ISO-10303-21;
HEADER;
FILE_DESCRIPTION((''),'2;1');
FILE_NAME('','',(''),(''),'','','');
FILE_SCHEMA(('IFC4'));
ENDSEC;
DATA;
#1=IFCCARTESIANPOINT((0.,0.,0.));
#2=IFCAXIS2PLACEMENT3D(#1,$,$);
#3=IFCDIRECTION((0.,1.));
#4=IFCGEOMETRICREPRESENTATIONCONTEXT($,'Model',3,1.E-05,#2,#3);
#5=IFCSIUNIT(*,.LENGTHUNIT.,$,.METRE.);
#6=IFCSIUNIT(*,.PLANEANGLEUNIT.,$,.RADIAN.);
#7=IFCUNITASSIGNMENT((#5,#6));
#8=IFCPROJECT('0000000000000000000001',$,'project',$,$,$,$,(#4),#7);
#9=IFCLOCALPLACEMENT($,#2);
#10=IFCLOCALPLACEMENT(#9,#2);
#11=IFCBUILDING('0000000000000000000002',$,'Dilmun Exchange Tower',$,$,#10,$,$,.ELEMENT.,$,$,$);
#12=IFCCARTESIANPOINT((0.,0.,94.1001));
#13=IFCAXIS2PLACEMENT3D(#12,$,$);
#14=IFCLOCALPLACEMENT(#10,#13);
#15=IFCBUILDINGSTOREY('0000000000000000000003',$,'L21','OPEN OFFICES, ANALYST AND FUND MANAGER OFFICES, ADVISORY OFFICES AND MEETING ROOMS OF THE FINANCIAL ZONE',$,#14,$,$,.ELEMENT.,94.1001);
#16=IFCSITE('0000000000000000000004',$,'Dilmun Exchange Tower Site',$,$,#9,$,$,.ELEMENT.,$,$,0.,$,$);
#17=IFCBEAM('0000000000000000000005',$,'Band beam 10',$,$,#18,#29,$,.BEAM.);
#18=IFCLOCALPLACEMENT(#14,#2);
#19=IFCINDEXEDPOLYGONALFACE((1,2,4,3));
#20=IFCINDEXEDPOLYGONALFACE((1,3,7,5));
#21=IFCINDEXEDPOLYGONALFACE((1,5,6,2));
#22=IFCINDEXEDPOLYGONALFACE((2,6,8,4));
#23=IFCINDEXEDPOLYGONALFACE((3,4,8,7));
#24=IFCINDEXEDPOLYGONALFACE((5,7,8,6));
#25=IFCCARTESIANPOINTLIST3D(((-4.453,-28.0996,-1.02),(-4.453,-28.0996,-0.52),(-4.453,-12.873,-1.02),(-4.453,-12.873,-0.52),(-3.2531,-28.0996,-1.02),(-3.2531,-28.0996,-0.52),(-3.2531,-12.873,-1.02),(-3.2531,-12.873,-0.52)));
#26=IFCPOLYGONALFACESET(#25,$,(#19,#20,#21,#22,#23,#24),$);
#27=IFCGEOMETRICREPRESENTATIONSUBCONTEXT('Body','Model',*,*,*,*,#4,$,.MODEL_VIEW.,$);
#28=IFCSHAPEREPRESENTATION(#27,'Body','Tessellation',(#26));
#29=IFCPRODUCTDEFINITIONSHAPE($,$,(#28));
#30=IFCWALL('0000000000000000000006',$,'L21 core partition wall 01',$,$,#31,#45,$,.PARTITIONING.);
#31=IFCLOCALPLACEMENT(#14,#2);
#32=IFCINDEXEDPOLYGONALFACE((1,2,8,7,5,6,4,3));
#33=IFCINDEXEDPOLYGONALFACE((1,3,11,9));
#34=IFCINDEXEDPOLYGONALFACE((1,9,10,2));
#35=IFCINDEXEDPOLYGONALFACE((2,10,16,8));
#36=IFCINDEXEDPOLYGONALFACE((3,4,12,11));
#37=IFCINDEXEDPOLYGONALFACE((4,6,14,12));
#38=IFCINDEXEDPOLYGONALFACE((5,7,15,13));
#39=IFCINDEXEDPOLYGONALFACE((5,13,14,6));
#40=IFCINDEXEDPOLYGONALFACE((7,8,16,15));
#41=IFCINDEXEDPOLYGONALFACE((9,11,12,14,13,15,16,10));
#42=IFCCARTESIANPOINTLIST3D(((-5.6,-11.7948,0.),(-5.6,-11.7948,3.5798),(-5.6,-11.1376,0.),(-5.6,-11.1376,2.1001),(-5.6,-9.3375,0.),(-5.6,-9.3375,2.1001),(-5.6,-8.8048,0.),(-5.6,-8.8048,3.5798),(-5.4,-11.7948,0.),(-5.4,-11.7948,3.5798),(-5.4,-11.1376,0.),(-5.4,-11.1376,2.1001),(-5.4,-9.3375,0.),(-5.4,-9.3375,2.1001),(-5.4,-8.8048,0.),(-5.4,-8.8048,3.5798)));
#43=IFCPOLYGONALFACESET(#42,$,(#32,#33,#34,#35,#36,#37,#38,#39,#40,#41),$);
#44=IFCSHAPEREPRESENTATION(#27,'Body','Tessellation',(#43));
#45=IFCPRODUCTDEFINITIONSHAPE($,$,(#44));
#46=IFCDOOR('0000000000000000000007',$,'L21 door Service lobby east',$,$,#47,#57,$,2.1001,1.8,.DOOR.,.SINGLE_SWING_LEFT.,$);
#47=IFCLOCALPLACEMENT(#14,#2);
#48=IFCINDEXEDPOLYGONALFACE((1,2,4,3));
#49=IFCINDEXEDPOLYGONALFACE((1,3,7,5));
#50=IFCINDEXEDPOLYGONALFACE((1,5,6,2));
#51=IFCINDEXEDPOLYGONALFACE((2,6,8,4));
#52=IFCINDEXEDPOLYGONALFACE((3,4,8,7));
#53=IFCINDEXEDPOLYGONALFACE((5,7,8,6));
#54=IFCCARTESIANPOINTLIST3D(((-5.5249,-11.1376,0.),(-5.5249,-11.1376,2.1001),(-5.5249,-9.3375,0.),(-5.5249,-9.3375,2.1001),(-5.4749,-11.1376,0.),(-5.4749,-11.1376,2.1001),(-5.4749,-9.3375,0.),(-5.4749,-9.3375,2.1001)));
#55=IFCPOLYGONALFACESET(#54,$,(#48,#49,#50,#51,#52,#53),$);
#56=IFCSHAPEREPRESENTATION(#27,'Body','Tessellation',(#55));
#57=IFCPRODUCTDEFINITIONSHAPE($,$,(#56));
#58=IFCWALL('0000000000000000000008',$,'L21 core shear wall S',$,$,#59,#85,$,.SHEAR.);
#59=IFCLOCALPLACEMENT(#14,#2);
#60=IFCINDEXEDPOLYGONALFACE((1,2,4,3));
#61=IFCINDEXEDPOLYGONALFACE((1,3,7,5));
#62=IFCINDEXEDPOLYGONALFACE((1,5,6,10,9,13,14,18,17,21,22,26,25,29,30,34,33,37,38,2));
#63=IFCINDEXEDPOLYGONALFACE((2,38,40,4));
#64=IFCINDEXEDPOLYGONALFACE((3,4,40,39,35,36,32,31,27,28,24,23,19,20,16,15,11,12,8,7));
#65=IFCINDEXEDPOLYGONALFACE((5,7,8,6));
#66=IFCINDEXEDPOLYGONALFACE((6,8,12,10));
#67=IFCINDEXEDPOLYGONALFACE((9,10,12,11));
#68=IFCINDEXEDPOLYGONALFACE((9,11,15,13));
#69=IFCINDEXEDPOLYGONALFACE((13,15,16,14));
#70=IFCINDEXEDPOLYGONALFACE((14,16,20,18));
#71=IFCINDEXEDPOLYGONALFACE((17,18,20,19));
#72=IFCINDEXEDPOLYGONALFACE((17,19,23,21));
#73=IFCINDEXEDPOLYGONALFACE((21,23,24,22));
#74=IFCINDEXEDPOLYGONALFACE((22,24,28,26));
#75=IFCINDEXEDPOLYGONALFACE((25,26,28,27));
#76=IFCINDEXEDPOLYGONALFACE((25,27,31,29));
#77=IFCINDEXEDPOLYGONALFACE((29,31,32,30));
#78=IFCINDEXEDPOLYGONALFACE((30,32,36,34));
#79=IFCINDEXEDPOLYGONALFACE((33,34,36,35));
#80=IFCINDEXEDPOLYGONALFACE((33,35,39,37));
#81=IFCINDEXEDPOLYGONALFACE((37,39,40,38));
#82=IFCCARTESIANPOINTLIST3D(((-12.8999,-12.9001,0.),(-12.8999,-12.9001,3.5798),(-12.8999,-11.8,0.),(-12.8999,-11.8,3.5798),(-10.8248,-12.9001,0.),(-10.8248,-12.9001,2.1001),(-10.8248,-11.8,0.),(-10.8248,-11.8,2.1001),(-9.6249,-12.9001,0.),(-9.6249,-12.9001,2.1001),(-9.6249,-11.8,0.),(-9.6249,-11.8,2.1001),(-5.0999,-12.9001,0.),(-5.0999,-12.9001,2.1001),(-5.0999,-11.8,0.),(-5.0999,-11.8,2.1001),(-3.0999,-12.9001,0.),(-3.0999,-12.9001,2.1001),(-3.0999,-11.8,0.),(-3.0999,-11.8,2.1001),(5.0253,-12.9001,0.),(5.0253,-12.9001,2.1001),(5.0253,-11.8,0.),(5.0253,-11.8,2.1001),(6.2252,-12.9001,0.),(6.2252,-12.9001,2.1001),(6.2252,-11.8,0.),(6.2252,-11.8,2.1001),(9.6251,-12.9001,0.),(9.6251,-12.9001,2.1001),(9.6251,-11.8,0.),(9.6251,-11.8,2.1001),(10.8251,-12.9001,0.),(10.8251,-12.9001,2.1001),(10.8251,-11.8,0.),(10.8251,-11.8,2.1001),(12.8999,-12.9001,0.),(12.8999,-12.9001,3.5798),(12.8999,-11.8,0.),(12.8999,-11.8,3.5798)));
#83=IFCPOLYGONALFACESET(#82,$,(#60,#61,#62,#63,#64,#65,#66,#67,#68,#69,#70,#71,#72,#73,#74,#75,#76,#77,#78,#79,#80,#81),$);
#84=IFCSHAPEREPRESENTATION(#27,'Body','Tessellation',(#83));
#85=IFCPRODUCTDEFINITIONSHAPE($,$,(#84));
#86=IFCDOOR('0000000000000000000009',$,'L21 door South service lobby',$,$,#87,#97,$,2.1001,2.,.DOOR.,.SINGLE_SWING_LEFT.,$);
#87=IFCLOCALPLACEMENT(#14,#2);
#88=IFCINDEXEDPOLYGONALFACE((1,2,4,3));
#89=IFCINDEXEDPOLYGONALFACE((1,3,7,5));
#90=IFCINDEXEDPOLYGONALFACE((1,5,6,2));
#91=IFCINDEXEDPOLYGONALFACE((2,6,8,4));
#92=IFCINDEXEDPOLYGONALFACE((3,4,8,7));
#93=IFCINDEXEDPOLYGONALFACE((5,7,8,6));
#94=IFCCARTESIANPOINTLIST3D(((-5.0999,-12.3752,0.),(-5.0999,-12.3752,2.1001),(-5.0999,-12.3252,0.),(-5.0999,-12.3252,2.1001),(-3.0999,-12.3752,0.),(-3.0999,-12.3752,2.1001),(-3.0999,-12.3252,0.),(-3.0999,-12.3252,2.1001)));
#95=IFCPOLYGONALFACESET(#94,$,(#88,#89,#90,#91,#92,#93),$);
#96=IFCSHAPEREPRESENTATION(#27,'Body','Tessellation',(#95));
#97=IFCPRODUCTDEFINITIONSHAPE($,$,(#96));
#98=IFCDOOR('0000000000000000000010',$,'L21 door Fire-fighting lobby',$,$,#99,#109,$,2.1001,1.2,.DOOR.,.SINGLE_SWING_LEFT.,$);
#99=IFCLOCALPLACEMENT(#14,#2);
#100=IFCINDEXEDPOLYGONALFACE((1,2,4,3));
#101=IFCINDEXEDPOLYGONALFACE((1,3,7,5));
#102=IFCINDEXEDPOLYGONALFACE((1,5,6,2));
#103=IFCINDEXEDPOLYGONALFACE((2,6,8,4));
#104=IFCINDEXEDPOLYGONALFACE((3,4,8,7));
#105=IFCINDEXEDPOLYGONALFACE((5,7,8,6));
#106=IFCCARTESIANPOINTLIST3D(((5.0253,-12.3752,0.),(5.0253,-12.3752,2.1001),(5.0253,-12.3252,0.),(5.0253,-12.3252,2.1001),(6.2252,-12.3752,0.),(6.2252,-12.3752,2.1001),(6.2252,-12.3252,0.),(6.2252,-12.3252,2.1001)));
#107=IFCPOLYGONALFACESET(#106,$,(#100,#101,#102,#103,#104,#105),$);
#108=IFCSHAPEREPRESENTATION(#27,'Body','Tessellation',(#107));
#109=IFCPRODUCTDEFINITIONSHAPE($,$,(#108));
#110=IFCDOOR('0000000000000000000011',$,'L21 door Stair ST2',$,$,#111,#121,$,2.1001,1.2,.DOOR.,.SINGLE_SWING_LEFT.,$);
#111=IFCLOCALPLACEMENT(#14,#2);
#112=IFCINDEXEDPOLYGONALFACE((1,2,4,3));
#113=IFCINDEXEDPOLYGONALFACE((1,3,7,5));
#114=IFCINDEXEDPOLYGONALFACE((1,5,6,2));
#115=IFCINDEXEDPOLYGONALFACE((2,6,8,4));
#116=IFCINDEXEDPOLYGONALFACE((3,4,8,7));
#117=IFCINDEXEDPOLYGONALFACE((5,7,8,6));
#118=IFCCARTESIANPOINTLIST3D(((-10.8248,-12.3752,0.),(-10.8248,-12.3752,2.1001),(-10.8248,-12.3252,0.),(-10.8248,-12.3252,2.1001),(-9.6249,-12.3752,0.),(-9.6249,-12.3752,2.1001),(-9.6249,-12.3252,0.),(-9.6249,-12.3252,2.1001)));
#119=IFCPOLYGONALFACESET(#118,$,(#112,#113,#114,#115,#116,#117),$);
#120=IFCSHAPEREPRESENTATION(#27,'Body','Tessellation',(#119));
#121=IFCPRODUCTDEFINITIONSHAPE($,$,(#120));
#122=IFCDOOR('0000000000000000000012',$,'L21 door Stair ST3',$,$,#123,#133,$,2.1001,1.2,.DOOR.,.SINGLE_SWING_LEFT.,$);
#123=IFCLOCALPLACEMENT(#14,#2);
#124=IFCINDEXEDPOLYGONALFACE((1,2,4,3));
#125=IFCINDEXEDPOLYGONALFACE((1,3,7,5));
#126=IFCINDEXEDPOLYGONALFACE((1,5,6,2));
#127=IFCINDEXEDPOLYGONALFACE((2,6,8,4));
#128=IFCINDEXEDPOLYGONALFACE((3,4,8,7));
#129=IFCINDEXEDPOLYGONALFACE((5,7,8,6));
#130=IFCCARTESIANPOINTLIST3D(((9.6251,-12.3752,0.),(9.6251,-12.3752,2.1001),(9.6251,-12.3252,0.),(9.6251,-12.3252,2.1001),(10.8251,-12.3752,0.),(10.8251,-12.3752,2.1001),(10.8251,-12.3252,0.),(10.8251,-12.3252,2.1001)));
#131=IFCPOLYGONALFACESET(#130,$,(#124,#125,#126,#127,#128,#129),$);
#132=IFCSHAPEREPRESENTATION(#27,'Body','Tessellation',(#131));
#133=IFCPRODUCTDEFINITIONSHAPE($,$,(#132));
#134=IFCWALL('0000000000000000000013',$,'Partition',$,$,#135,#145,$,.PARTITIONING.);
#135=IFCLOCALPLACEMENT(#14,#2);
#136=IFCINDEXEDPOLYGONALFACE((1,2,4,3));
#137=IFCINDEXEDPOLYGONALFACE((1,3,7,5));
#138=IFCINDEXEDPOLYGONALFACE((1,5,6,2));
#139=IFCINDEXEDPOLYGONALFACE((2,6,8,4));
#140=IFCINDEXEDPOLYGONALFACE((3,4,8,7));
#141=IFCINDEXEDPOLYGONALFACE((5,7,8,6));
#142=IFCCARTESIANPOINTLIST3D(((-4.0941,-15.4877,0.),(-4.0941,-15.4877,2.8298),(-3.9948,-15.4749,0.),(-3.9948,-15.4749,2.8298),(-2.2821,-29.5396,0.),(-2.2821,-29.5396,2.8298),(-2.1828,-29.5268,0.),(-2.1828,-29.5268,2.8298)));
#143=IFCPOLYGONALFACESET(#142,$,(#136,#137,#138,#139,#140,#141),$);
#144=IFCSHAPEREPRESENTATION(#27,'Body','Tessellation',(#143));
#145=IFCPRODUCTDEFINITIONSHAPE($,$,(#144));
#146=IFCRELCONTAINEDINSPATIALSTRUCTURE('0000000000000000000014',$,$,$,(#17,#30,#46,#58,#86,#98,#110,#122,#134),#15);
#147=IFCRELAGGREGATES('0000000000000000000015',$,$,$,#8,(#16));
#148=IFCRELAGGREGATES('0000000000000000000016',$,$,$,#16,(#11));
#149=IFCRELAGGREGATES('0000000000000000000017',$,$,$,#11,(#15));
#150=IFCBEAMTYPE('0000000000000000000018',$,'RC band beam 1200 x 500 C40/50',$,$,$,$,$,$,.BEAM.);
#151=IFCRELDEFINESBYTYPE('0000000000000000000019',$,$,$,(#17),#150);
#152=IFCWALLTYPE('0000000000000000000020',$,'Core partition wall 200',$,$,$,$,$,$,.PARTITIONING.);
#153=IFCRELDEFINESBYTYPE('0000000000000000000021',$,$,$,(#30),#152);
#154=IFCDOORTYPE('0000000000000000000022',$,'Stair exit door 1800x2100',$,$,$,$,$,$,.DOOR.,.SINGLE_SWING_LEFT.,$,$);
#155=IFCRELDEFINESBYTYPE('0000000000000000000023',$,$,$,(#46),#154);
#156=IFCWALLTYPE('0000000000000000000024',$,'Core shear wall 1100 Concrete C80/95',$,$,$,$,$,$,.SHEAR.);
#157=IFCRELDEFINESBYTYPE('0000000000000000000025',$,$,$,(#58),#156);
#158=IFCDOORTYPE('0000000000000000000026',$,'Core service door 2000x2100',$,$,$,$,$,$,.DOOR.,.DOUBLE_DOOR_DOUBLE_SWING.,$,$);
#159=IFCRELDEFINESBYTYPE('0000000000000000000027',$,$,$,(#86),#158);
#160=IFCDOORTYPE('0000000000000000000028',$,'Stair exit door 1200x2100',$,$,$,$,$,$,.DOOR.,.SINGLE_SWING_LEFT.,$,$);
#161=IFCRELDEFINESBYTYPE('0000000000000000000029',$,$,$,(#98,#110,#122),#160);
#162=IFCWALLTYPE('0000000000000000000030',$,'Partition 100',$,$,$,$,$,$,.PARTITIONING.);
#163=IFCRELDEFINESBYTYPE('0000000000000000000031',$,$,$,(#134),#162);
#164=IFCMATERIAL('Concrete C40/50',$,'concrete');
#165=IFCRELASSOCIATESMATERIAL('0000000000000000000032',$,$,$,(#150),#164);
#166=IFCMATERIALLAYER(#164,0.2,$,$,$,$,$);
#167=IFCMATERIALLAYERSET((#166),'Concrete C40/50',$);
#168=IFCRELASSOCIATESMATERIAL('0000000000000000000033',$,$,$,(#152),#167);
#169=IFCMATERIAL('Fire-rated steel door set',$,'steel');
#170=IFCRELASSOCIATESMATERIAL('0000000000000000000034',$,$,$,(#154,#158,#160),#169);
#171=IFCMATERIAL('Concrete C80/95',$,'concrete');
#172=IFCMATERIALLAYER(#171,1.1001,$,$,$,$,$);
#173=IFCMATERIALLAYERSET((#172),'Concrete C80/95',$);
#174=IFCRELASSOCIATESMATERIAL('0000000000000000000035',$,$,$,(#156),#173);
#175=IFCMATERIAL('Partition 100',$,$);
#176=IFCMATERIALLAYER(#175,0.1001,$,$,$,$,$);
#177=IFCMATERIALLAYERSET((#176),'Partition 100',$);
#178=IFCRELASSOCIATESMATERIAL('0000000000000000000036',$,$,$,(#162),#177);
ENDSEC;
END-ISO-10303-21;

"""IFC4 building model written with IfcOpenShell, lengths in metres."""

from ifc_helpers import new_model, si_unit, direction, frame, frame_2d, origin, origin_2d, place, context, subcontext, project, spatial, rectangle, extrude, material, layer, layer_set, material_profile, profile_set, type_object, element, fill, save


model = new_model("IFC4")

# Units and contexts
model_context = context("Model", 3, precision=1e-05, world=origin(), true_north=direction((0.0, 1.0)))
body_context = subcontext(model_context, "Body", "Model", "MODEL_VIEW")
ifc_project = project(units=[si_unit("LENGTHUNIT", "METRE"), si_unit("PLANEANGLEUNIT", "RADIAN")], contexts=[model_context])

# Site, building, storey
site_placement = place(None, origin())
site = spatial("IfcSite", under=ifc_project, at=site_placement, Name="Dilmun Exchange Tower Site", CompositionType="ELEMENT", RefElevation=0.0)
building_placement = place(site_placement, origin())
building = spatial("IfcBuilding", under=site, at=building_placement, Name="Dilmun Exchange Tower", CompositionType="ELEMENT")
storey_placement = place(building_placement, frame((0.0, 0.0, 94.1001)))
storey = spatial("IfcBuildingStorey", under=building, at=storey_placement, Name="L21", Description="OPEN OFFICES, ANALYST AND FUND MANAGER OFFICES, ADVISORY OFFICES AND MEETING ROOMS OF THE FINANCIAL ZONE", CompositionType="ELEMENT", Elevation=94.1001)

# Beam
ifc_material_1 = material(Name="Concrete C40/50", Category="concrete")
ifc_material_profile = material_profile(ifc_material_1, rectangle(XDim=1.2, YDim=0.5, at=origin_2d()), Name="1200 x 500")
ifc_profile_set = profile_set([ifc_material_profile], Name="Concrete C40/50")
beam_type = type_object("IfcBeamType", Name="RC band beam 1200 x 500 C40/50", PredefinedType="BEAM", material=ifc_profile_set)
beam_placement = place(storey_placement, frame((-3.853, -28.0996, -0.77), z_axis=(0.0, 1.0, 0.0), x_axis=(-1.0, 0.0, 0.0)))
element("IfcBeam", 1, at=beam_placement, inside=storey, type_object=beam_type, Name="Band beam 10", PredefinedType="BEAM", context=body_context, shape_type="SweptSolid", body=[
    extrude(rectangle(XDim=1.2, YDim=0.5, at=origin_2d()), origin(), (0.0, 0.0, 1.0), 15.2266),
])

# Wall, opening, door
ifc_layer_1 = layer(ifc_material_1, 0.2)
ifc_layer_set_1 = layer_set([ifc_layer_1], Name="Concrete C40/50")
wall_type_1 = type_object("IfcWallType", Name="Core partition wall 200", PredefinedType="PARTITIONING", material=ifc_layer_set_1)
wall_1_placement = place(storey_placement, frame((-5.5, -11.7949, 0.0), z_axis=(0.0, 0.0, 1.0), x_axis=(0.0, 1.0, 0.0)))
wall_1 = element("IfcWall", 2, at=wall_1_placement, inside=storey, type_object=wall_type_1, Name="L21 core partition wall 01", PredefinedType="PARTITIONING", context=body_context, shape_type="SweptSolid", body=[
    extrude(rectangle(XDim=2.99, YDim=0.2, at=frame_2d((1.4951, 0.0))), origin(), (0.0, 0.0, 1.0), 3.5798),
])
opening_1_placement = place(wall_1_placement, frame((0.6575, 0.0, 0.0)))
opening_1 = element("IfcOpeningElement", 3, at=opening_1_placement, cuts=wall_1, PredefinedType="OPENING", context=body_context, shape_type="SweptSolid", body=[
    extrude(rectangle(XDim=1.8, YDim=2.1001, at=frame_2d((0.8999, 1.05))), frame((0.0, 0.1099, 0.0), z_axis=(0.0, -1.0, 0.0), x_axis=(1.0, 0.0, 0.0)), (0.0, 0.0, 1.0), 0.22),
])
ifc_material_2 = material(Name="Fire-rated steel door set", Category="steel")
door_type_1 = type_object("IfcDoorType", Name="Stair exit door 1800x2100", OperationType="SINGLE_SWING_LEFT", PredefinedType="DOOR", material=ifc_material_2)
door_1_placement = place(opening_1_placement, origin())
door_1 = element("IfcDoor", 4, at=door_1_placement, inside=storey, type_object=door_type_1, Name="L21 door Service lobby east", OperationType="SINGLE_SWING_LEFT", OverallHeight=2.1001, OverallWidth=1.8, PredefinedType="DOOR", context=body_context, shape_type="SweptSolid", body=[
    extrude(rectangle(XDim=1.8, YDim=2.1001, at=frame_2d((0.8999, 1.05))), frame((0.0, 0.0249, 0.0), z_axis=(0.0, -1.0, 0.0), x_axis=(1.0, 0.0, 0.0)), (0.0, 0.0, 1.0), 0.05),
])
fill(opening_1, door_1)

# Wall, openings, doors
ifc_material_3 = material(Name="Concrete C80/95", Category="concrete")
ifc_layer_2 = layer(ifc_material_3, 1.1001)
ifc_layer_set_2 = layer_set([ifc_layer_2], Name="Concrete C80/95")
wall_type_2 = type_object("IfcWallType", Name="Core shear wall 1100 Concrete C80/95", PredefinedType="SHEAR", material=ifc_layer_set_2)
wall_2_placement = place(storey_placement, frame((-12.8999, -12.3501, 0.0), z_axis=(0.0, 0.0, 1.0), x_axis=(1.0, 0.0, 0.0)))
wall_2 = element("IfcWall", 5, at=wall_2_placement, inside=storey, type_object=wall_type_2, Name="L21 core shear wall S", PredefinedType="SHEAR", context=body_context, shape_type="SweptSolid", body=[
    extrude(rectangle(XDim=25.7998, YDim=1.1001, at=frame_2d((12.8999, 0.0))), origin(), (0.0, 0.0, 1.0), 3.5798),
])
opening_2_placement = place(wall_2_placement, frame((7.8, 0.0, 0.0)))
opening_2 = element("IfcOpeningElement", 6, at=opening_2_placement, cuts=wall_2, PredefinedType="OPENING", context=body_context, shape_type="SweptSolid", body=[
    extrude(rectangle(XDim=2.0, YDim=2.1001, at=frame_2d((1.0, 1.05))), frame((0.0, 0.5601, 0.0), z_axis=(0.0, -1.0, 0.0), x_axis=(1.0, 0.0, 0.0)), (0.0, 0.0, 1.0), 1.1201),
])
opening_3_placement = place(wall_2_placement, frame((17.925, 0.0, 0.0)))
opening_3 = element("IfcOpeningElement", 7, at=opening_3_placement, cuts=wall_2, PredefinedType="OPENING", context=body_context, shape_type="SweptSolid", body=[
    extrude(rectangle(XDim=1.2, YDim=2.1001, at=frame_2d((0.6001, 1.05))), frame((0.0, 0.5601, 0.0), z_axis=(0.0, -1.0, 0.0), x_axis=(1.0, 0.0, 0.0)), (0.0, 0.0, 1.0), 1.1201),
])
opening_4_placement = place(wall_2_placement, frame((2.075, 0.0, 0.0)))
opening_4 = element("IfcOpeningElement", 8, at=opening_4_placement, cuts=wall_2, PredefinedType="OPENING", context=body_context, shape_type="SweptSolid", body=[
    extrude(rectangle(XDim=1.2, YDim=2.1001, at=frame_2d((0.6001, 1.05))), frame((0.0, 0.5601, 0.0), z_axis=(0.0, -1.0, 0.0), x_axis=(1.0, 0.0, 0.0)), (0.0, 0.0, 1.0), 1.1201),
])
opening_5_placement = place(wall_2_placement, frame((22.5249, 0.0, 0.0)))
opening_5 = element("IfcOpeningElement", 9, at=opening_5_placement, cuts=wall_2, PredefinedType="OPENING", context=body_context, shape_type="SweptSolid", body=[
    extrude(rectangle(XDim=1.2, YDim=2.1001, at=frame_2d((0.6001, 1.05))), frame((0.0, 0.5601, 0.0), z_axis=(0.0, -1.0, 0.0), x_axis=(1.0, 0.0, 0.0)), (0.0, 0.0, 1.0), 1.1201),
])
door_type_2 = type_object("IfcDoorType", Name="Core service door 2000x2100", OperationType="DOUBLE_DOOR_DOUBLE_SWING", PredefinedType="DOOR", material=ifc_material_2)
door_2_placement = place(opening_2_placement, origin())
door_2 = element("IfcDoor", 10, at=door_2_placement, inside=storey, type_object=door_type_2, Name="L21 door South service lobby", OperationType="SINGLE_SWING_LEFT", OverallHeight=2.1001, OverallWidth=2.0, PredefinedType="DOOR", context=body_context, shape_type="SweptSolid", body=[
    extrude(rectangle(XDim=2.0, YDim=2.1001, at=frame_2d((1.0, 1.05))), frame((0.0, 0.0249, 0.0), z_axis=(0.0, -1.0, 0.0), x_axis=(1.0, 0.0, 0.0)), (0.0, 0.0, 1.0), 0.05),
])
fill(opening_2, door_2)
door_type_3 = type_object("IfcDoorType", Name="Stair exit door 1200x2100", OperationType="SINGLE_SWING_LEFT", PredefinedType="DOOR", material=ifc_material_2)
door_3_placement = place(opening_3_placement, origin())
door_3 = element("IfcDoor", 11, at=door_3_placement, inside=storey, type_object=door_type_3, Name="L21 door Fire-fighting lobby", OperationType="SINGLE_SWING_LEFT", OverallHeight=2.1001, OverallWidth=1.2, PredefinedType="DOOR", context=body_context, shape_type="SweptSolid", body=[
    extrude(rectangle(XDim=1.2, YDim=2.1001, at=frame_2d((0.6001, 1.05))), frame((0.0, 0.0249, 0.0), z_axis=(0.0, -1.0, 0.0), x_axis=(1.0, 0.0, 0.0)), (0.0, 0.0, 1.0), 0.05),
])
fill(opening_3, door_3)
door_4_placement = place(opening_4_placement, origin())
door_4 = element("IfcDoor", 12, at=door_4_placement, inside=storey, type_object=door_type_3, Name="L21 door Stair ST2", OperationType="SINGLE_SWING_LEFT", OverallHeight=2.1001, OverallWidth=1.2, PredefinedType="DOOR", context=body_context, shape_type="SweptSolid", body=[
    extrude(rectangle(XDim=1.2, YDim=2.1001, at=frame_2d((0.6001, 1.05))), frame((0.0, 0.0249, 0.0), z_axis=(0.0, -1.0, 0.0), x_axis=(1.0, 0.0, 0.0)), (0.0, 0.0, 1.0), 0.05),
])
fill(opening_4, door_4)
door_5_placement = place(opening_5_placement, origin())
door_5 = element("IfcDoor", 13, at=door_5_placement, inside=storey, type_object=door_type_3, Name="L21 door Stair ST3", OperationType="SINGLE_SWING_LEFT", OverallHeight=2.1001, OverallWidth=1.2, PredefinedType="DOOR", context=body_context, shape_type="SweptSolid", body=[
    extrude(rectangle(XDim=1.2, YDim=2.1001, at=frame_2d((0.6001, 1.05))), frame((0.0, 0.0249, 0.0), z_axis=(0.0, -1.0, 0.0), x_axis=(1.0, 0.0, 0.0)), (0.0, 0.0, 1.0), 0.05),
])
fill(opening_5, door_5)

# Wall
ifc_material_4 = material(Name="Partition 100")
ifc_layer_3 = layer(ifc_material_4, 0.1001)
ifc_layer_set_3 = layer_set([ifc_layer_3], Name="Partition 100")
wall_type_3 = type_object("IfcWallType", Name="Partition 100", PredefinedType="PARTITIONING", material=ifc_layer_set_3)
wall_3_placement = place(storey_placement, frame((-4.0444, -15.4814, 0.0), z_axis=(0.0, 0.0, 1.0), x_axis=(0.127894, -0.991788, 0.0)))
element("IfcWall", 14, at=wall_3_placement, inside=storey, type_object=wall_type_3, Name="Partition", PredefinedType="PARTITIONING", context=body_context, shape_type="SweptSolid", body=[
    extrude(rectangle(XDim=14.1682, YDim=0.1001, at=frame_2d((7.084, 0.0))), origin(), (0.0, 0.0, 1.0), 2.8298),
])

save(model, "model.ifc")
